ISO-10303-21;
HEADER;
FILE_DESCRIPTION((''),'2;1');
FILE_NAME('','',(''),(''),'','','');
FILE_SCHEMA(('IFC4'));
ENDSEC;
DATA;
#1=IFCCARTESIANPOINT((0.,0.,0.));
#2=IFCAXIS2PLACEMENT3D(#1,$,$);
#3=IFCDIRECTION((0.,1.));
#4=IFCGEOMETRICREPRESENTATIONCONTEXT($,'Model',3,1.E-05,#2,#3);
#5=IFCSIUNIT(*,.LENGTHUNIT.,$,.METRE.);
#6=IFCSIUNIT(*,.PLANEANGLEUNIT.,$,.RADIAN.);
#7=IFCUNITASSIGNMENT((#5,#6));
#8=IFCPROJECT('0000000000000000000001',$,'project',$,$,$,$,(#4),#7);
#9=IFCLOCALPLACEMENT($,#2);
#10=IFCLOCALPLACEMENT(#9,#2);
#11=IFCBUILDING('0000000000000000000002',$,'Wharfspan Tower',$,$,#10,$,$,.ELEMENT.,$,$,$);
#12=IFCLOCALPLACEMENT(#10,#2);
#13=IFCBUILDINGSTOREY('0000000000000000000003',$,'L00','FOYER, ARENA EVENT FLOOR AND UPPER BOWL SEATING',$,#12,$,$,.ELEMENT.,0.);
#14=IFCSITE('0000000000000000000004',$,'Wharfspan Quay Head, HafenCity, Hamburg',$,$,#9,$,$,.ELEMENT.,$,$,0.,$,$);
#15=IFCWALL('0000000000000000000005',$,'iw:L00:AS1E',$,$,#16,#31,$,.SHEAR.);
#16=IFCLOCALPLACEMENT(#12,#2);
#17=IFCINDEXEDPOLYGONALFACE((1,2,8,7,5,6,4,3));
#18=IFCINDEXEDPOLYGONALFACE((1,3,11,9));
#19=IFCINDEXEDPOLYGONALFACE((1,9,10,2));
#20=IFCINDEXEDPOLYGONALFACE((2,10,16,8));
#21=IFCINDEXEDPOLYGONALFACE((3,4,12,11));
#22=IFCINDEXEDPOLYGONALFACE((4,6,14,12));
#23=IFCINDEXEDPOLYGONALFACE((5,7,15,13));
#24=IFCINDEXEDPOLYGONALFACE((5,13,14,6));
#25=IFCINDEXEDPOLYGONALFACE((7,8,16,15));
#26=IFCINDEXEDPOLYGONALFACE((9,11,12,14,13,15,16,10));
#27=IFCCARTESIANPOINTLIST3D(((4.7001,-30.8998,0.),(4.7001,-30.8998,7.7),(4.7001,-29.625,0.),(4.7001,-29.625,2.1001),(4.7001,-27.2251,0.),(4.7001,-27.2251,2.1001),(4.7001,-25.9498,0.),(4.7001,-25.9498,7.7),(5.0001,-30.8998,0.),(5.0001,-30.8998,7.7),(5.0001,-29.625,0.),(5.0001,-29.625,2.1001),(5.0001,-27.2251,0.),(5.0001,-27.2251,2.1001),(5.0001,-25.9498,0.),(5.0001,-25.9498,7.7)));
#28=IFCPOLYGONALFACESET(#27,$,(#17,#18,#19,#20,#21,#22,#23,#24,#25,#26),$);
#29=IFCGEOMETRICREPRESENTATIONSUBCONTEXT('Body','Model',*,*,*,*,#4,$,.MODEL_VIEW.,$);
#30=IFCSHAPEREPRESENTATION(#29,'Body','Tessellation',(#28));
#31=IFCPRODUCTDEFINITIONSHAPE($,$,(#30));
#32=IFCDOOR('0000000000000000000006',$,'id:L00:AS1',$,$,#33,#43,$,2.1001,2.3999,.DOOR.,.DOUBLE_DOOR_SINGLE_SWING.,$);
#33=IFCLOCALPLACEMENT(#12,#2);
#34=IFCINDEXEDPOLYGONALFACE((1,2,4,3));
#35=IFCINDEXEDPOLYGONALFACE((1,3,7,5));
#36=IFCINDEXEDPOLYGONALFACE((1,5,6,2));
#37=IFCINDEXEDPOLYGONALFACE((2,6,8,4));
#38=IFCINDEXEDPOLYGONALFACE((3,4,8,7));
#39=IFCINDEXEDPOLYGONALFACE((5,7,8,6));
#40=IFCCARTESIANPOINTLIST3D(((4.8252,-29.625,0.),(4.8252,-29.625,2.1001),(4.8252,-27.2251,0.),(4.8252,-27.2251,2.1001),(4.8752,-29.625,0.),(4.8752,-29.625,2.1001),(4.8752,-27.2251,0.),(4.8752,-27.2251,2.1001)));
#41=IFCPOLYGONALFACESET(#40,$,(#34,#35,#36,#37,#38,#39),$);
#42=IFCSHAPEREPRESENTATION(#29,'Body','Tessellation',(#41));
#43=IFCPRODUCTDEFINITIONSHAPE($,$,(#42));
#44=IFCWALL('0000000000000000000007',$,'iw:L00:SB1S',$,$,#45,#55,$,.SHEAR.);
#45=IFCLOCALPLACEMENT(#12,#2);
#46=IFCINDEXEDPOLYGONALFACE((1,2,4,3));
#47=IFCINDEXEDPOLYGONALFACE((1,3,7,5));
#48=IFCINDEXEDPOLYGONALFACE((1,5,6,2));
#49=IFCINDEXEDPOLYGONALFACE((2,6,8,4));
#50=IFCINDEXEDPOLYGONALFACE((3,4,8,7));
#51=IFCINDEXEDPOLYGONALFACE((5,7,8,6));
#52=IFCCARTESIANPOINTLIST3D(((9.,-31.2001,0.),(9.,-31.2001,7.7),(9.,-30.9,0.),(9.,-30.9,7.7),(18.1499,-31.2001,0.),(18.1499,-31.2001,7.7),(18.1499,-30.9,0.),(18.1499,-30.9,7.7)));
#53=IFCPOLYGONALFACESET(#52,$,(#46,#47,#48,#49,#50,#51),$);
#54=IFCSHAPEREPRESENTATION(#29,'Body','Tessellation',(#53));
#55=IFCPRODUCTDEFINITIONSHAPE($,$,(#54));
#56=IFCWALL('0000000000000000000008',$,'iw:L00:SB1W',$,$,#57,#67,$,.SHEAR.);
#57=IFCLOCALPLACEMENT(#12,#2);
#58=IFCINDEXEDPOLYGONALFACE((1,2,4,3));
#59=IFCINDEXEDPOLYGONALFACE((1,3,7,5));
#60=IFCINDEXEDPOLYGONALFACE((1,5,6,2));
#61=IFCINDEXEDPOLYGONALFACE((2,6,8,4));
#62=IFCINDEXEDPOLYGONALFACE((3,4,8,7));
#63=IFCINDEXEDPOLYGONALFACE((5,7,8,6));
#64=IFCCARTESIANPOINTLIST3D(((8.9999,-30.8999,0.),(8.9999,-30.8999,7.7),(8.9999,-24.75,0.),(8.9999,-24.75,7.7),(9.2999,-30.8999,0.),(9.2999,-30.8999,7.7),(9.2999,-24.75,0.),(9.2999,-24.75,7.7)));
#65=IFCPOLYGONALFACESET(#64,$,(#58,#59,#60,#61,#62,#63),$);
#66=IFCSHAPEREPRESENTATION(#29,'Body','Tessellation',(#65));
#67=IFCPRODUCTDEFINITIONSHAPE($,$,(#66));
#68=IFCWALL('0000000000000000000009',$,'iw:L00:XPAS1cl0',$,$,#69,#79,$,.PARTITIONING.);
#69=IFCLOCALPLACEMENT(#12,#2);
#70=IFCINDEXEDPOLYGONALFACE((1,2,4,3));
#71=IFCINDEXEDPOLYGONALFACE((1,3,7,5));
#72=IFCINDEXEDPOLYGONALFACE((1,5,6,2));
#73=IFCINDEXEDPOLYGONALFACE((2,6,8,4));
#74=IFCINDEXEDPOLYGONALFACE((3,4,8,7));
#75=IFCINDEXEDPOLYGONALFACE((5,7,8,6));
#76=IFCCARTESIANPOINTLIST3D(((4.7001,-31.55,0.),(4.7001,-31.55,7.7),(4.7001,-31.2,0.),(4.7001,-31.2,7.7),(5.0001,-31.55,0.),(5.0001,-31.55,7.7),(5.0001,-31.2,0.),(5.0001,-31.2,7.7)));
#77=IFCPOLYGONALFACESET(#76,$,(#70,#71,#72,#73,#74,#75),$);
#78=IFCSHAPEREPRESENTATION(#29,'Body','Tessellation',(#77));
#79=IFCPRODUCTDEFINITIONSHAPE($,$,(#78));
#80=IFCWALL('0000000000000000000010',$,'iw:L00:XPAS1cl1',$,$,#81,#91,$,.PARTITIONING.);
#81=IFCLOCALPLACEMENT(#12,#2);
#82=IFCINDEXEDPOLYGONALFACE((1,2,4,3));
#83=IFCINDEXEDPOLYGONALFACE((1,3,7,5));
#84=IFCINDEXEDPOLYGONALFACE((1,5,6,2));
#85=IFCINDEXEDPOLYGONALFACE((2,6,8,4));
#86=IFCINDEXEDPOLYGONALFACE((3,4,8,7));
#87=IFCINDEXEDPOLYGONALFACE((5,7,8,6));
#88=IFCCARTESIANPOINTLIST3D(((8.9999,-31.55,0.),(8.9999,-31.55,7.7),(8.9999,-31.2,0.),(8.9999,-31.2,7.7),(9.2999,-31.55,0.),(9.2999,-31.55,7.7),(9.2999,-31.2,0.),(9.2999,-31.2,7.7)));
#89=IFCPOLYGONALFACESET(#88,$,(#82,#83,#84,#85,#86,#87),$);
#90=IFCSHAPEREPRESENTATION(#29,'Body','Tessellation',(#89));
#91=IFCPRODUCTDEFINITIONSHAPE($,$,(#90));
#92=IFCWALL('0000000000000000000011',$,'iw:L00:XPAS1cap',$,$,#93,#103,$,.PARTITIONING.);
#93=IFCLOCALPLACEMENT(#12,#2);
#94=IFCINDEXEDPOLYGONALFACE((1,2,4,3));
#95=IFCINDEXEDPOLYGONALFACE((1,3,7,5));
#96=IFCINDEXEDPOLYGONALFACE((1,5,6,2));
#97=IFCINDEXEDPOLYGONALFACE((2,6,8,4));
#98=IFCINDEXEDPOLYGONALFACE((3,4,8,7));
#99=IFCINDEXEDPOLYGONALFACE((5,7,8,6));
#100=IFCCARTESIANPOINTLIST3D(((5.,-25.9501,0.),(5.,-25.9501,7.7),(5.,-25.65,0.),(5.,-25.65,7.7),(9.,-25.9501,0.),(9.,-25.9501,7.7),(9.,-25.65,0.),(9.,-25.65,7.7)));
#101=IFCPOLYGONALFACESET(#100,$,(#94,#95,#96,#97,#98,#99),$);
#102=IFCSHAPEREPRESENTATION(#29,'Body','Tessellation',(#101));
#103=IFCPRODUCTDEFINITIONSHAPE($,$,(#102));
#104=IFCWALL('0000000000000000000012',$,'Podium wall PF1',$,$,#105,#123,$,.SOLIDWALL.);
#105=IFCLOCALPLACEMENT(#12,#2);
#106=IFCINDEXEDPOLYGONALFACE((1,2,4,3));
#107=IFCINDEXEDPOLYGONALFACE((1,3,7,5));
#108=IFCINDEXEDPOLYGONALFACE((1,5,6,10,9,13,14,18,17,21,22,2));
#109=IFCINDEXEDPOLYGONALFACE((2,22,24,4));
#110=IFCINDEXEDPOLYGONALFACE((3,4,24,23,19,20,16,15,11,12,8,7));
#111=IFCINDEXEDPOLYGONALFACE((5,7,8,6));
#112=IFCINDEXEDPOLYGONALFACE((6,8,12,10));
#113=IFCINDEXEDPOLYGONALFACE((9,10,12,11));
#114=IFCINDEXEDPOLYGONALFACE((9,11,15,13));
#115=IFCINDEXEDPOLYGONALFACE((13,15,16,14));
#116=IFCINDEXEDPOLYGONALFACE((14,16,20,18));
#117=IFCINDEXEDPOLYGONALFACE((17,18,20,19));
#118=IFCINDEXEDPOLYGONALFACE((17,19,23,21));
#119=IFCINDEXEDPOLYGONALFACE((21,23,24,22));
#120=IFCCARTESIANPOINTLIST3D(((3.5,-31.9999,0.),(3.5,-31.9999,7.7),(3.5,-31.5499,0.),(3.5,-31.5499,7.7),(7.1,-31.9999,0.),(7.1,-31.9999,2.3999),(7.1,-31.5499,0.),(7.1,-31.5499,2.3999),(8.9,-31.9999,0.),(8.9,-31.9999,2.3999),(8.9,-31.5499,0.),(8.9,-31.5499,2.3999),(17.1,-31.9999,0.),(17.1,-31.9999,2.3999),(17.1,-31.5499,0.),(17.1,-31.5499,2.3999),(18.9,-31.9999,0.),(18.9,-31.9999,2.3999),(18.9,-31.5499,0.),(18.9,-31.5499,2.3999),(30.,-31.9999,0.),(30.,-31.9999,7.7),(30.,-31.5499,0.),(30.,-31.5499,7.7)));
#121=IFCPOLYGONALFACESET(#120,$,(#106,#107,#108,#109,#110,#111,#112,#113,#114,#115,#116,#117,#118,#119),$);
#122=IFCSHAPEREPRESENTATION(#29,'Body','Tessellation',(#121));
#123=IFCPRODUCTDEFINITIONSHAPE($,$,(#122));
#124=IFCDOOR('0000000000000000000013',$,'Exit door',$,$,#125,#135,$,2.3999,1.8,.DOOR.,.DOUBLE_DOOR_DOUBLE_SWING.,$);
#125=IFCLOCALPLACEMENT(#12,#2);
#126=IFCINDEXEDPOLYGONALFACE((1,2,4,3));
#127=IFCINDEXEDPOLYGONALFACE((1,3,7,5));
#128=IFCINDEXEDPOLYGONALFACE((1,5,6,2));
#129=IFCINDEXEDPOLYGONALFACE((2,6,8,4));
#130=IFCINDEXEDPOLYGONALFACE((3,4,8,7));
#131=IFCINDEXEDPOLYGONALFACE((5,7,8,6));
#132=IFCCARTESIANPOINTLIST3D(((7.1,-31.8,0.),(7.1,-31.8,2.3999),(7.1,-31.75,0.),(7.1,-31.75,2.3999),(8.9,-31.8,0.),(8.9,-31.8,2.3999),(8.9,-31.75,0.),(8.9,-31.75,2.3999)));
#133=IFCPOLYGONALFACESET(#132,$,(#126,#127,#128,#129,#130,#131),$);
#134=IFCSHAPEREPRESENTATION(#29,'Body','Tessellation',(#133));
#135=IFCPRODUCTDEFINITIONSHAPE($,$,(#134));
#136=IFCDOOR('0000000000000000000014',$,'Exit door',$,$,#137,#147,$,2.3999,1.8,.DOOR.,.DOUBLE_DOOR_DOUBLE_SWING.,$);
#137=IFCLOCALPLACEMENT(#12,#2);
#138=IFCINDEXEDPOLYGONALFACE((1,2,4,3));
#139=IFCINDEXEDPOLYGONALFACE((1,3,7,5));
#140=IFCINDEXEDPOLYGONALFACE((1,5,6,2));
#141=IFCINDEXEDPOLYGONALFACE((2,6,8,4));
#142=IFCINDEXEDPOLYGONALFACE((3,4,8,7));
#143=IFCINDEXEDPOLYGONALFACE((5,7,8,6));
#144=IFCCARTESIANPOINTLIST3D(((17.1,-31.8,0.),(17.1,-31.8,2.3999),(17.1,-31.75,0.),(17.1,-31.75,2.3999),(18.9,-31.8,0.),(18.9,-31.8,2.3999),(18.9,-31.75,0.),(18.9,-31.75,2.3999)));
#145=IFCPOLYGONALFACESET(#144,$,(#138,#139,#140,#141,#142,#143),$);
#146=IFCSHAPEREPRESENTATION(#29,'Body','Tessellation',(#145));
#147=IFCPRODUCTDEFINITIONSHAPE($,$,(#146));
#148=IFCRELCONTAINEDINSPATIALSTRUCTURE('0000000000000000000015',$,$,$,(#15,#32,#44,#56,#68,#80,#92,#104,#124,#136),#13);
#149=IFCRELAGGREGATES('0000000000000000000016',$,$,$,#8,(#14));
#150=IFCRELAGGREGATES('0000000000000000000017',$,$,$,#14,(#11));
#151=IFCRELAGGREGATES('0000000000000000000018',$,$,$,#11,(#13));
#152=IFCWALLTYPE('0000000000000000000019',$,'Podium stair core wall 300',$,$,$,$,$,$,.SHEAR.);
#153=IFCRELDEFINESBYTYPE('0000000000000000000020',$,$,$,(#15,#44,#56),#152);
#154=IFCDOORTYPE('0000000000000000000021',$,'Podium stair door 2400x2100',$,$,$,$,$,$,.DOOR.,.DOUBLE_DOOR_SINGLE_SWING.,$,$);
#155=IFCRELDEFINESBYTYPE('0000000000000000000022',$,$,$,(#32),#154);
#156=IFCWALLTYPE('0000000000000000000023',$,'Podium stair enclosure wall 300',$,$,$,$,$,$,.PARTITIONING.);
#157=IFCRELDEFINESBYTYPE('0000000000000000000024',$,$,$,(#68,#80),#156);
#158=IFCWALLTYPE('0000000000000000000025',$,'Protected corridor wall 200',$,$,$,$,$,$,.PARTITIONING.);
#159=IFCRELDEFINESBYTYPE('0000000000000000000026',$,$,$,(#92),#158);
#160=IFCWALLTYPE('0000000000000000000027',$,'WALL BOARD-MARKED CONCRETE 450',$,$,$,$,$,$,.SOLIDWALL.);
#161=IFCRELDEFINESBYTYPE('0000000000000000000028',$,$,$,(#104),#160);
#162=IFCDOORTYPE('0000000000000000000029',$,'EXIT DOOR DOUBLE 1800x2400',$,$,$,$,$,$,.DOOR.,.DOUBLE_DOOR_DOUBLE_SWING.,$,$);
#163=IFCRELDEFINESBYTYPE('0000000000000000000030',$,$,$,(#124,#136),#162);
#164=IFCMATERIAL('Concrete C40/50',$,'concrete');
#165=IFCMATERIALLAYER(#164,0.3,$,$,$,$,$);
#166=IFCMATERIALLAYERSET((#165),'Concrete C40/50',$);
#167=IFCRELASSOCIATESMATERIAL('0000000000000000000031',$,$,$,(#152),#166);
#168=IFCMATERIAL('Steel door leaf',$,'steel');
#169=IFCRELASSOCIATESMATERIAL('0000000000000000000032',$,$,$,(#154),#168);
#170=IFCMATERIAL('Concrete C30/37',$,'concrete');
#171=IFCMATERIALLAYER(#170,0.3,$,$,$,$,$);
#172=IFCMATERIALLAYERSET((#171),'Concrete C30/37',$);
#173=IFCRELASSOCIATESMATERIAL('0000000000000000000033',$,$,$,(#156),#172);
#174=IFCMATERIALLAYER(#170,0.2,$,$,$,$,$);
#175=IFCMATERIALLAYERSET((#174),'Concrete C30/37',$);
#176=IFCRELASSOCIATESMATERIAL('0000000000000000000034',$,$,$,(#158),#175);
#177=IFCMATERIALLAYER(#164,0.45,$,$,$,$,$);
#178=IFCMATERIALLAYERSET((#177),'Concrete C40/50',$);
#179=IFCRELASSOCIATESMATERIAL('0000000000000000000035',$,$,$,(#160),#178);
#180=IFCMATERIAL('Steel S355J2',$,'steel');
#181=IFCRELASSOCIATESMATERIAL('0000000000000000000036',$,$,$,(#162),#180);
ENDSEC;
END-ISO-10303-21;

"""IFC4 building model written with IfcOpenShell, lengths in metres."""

from ifc_helpers import new_model, si_unit, direction, frame, frame_2d, origin, place, context, subcontext, project, spatial, rectangle, extrude, material, layer, layer_set, type_object, element, fill, save


model = new_model("IFC4")

# Units and contexts
model_context = context("Model", 3, precision=1e-05, world=origin(), true_north=direction((0.0, 1.0)))
body_context = subcontext(model_context, "Body", "Model", "MODEL_VIEW")
ifc_project = project(units=[si_unit("LENGTHUNIT", "METRE"), si_unit("PLANEANGLEUNIT", "RADIAN")], contexts=[model_context])

# Site, building, storey
site_placement = place(None, origin())
site = spatial("IfcSite", under=ifc_project, at=site_placement, Name="Wharfspan Quay Head, HafenCity, Hamburg", CompositionType="ELEMENT", RefElevation=0.0)
building_placement = place(site_placement, origin())
building = spatial("IfcBuilding", under=site, at=building_placement, Name="Wharfspan Tower", CompositionType="ELEMENT")
storey_placement = place(building_placement, origin())
storey = spatial("IfcBuildingStorey", under=building, at=storey_placement, Name="L00", Description="FOYER, ARENA EVENT FLOOR AND UPPER BOWL SEATING", CompositionType="ELEMENT", Elevation=0.0)

# Shared definitions
ifc_material_1 = material(Name="Steel S355J2", Category="steel")

# Wall, opening, door
ifc_material_2 = material(Name="Concrete C40/50", Category="concrete")
ifc_layer_1 = layer(ifc_material_2, 0.3)
ifc_layer_set_1 = layer_set([ifc_layer_1], Name="Concrete C40/50")
wall_type_1 = type_object("IfcWallType", Name="Podium stair core wall 300", PredefinedType="SHEAR", material=ifc_layer_set_1)
wall_1_placement = place(storey_placement, frame((4.8501, -30.8999, 0.0), z_axis=(0.0, 0.0, 1.0), x_axis=(0.0, 1.0, 0.0)))
wall_1 = element("IfcWall", 1, at=wall_1_placement, inside=storey, type_object=wall_type_1, Name="iw:L00:AS1E", PredefinedType="SHEAR", context=body_context, shape_type="SweptSolid", body=[
    extrude(rectangle(XDim=4.95, YDim=0.3, at=frame_2d((2.4751, 0.0))), origin(), (0.0, 0.0, 1.0), 7.7),
])
opening_1_placement = place(wall_1_placement, frame((1.2749, 0.0, 0.0)))
opening_1 = element("IfcOpeningElement", 2, at=opening_1_placement, cuts=wall_1, PredefinedType="OPENING", context=body_context, shape_type="SweptSolid", body=[
    extrude(rectangle(XDim=2.3999, YDim=2.1001, at=frame_2d((1.2, 1.05))), frame((0.0, 0.1599, 0.0), z_axis=(0.0, -1.0, 0.0), x_axis=(1.0, 0.0, 0.0)), (0.0, 0.0, 1.0), 0.3201),
])
ifc_material_3 = material(Name="Steel door leaf", Category="steel")
door_type_1 = type_object("IfcDoorType", Name="Podium stair door 2400x2100", OperationType="DOUBLE_DOOR_SINGLE_SWING", PredefinedType="DOOR", material=ifc_material_3)
door_1_placement = place(opening_1_placement, origin())
door_1 = element("IfcDoor", 3, at=door_1_placement, inside=storey, type_object=door_type_1, Name="id:L00:AS1", OperationType="DOUBLE_DOOR_SINGLE_SWING", OverallHeight=2.1001, OverallWidth=2.3999, PredefinedType="DOOR", context=body_context, shape_type="SweptSolid", body=[
    extrude(rectangle(XDim=2.3999, YDim=2.1001, at=frame_2d((1.2, 1.05))), frame((0.0, 0.0249, 0.0), z_axis=(0.0, -1.0, 0.0), x_axis=(1.0, 0.0, 0.0)), (0.0, 0.0, 1.0), 0.05),
])
fill(opening_1, door_1)

# Walls
wall_2_placement = place(storey_placement, frame((9.0, -31.05, 0.0), z_axis=(0.0, 0.0, 1.0), x_axis=(1.0, 0.0, 0.0)))
element("IfcWall", 4, at=wall_2_placement, inside=storey, type_object=wall_type_1, Name="iw:L00:SB1S", PredefinedType="SHEAR", context=body_context, shape_type="SweptSolid", body=[
    extrude(rectangle(XDim=9.1499, YDim=0.3, at=frame_2d((4.575, 0.0))), origin(), (0.0, 0.0, 1.0), 7.7),
])
wall_3_placement = place(storey_placement, frame((9.1499, -30.8999, 0.0), z_axis=(0.0, 0.0, 1.0), x_axis=(0.0, 1.0, 0.0)))
element("IfcWall", 5, at=wall_3_placement, inside=storey, type_object=wall_type_1, Name="iw:L00:SB1W", PredefinedType="SHEAR", context=body_context, shape_type="SweptSolid", body=[
    extrude(rectangle(XDim=6.1499, YDim=0.3, at=frame_2d((3.075, 0.0))), origin(), (0.0, 0.0, 1.0), 7.7),
])
ifc_material_4 = material(Name="Concrete C30/37", Category="concrete")
ifc_layer_2 = layer(ifc_material_4, 0.3)
ifc_layer_set_2 = layer_set([ifc_layer_2], Name="Concrete C30/37")
wall_type_2 = type_object("IfcWallType", Name="Podium stair enclosure wall 300", PredefinedType="PARTITIONING", material=ifc_layer_set_2)
for number, where, z_axis, x_axis, name in (
    (6, (4.8501, -31.55, 0.0), (0.0, 0.0, 1.0), (0.0, 1.0, 0.0), "iw:L00:XPAS1cl0"),
    (7, (9.1499, -31.55, 0.0), (0.0, 0.0, 1.0), (0.0, 1.0, 0.0), "iw:L00:XPAS1cl1"),
):
    element("IfcWall", number, at=place(storey_placement, frame(where, z_axis=z_axis, x_axis=x_axis)), inside=storey, type_object=wall_type_2, Name=name, PredefinedType="PARTITIONING", context=body_context, shape_type="SweptSolid", body=[
        extrude(rectangle(XDim=0.3501, YDim=0.3, at=frame_2d((0.175, 0.0))), origin(), (0.0, 0.0, 1.0), 7.7),
    ])
ifc_layer_3 = layer(ifc_material_4, 0.2)
ifc_layer_set_3 = layer_set([ifc_layer_3], Name="Concrete C30/37")
wall_type_3 = type_object("IfcWallType", Name="Protected corridor wall 200", PredefinedType="PARTITIONING", material=ifc_layer_set_3)
wall_4_placement = place(storey_placement, frame((5.0, -25.8, 0.0), z_axis=(0.0, 0.0, 1.0), x_axis=(1.0, 0.0, 0.0)))
element("IfcWall", 8, at=wall_4_placement, inside=storey, type_object=wall_type_3, Name="iw:L00:XPAS1cap", PredefinedType="PARTITIONING", context=body_context, shape_type="SweptSolid", body=[
    extrude(rectangle(XDim=4.0, YDim=0.3, at=frame_2d((2.0, 0.0))), origin(), (0.0, 0.0, 1.0), 7.7),
])

# Wall, openings, doors
ifc_layer_4 = layer(ifc_material_2, 0.45)
ifc_layer_set_4 = layer_set([ifc_layer_4], Name="Concrete C40/50")
wall_type_4 = type_object("IfcWallType", Name="WALL BOARD-MARKED CONCRETE 450", PredefinedType="SOLIDWALL", material=ifc_layer_set_4)
wall_5_placement = place(storey_placement, frame((3.5, -31.7749, 0.0), z_axis=(0.0, 0.0, 1.0), x_axis=(1.0, 0.0, 0.0)))
wall_5 = element("IfcWall", 9, at=wall_5_placement, inside=storey, type_object=wall_type_4, Name="Podium wall PF1", PredefinedType="SOLIDWALL", context=body_context, shape_type="SweptSolid", body=[
    extrude(rectangle(XDim=26.5, YDim=0.45, at=frame_2d((13.25, 0.0))), origin(), (0.0, 0.0, 1.0), 7.7),
])
opening_2_placement = place(wall_5_placement, frame((3.6001, 0.0, 0.0)))
opening_2 = element("IfcOpeningElement", 10, at=opening_2_placement, cuts=wall_5, PredefinedType="OPENING", context=body_context, shape_type="SweptSolid", body=[
    extrude(rectangle(XDim=1.8, YDim=2.3999, at=frame_2d((0.8999, 1.2))), frame((0.0, 0.2349, 0.0), z_axis=(0.0, -1.0, 0.0), x_axis=(1.0, 0.0, 0.0)), (0.0, 0.0, 1.0), 0.47),
])
opening_3_placement = place(wall_5_placement, frame((13.6001, 0.0, 0.0)))
opening_3 = element("IfcOpeningElement", 11, at=opening_3_placement, cuts=wall_5, PredefinedType="OPENING", context=body_context, shape_type="SweptSolid", body=[
    extrude(rectangle(XDim=1.8, YDim=2.3999, at=frame_2d((0.8999, 1.2))), frame((0.0, 0.2349, 0.0), z_axis=(0.0, -1.0, 0.0), x_axis=(1.0, 0.0, 0.0)), (0.0, 0.0, 1.0), 0.47),
])
door_type_2 = type_object("IfcDoorType", Name="EXIT DOOR DOUBLE 1800x2400", OperationType="DOUBLE_DOOR_DOUBLE_SWING", PredefinedType="DOOR", material=ifc_material_1)
door_2_placement = place(opening_2_placement, origin())
door_2 = element("IfcDoor", 12, at=door_2_placement, inside=storey, type_object=door_type_2, Name="Exit door", OperationType="DOUBLE_DOOR_DOUBLE_SWING", OverallHeight=2.3999, OverallWidth=1.8, PredefinedType="DOOR", context=body_context, shape_type="SweptSolid", body=[
    extrude(rectangle(XDim=1.8, YDim=2.3999, at=frame_2d((0.8999, 1.2))), frame((0.0, 0.0249, 0.0), z_axis=(0.0, -1.0, 0.0), x_axis=(1.0, 0.0, 0.0)), (0.0, 0.0, 1.0), 0.05),
])
fill(opening_2, door_2)
door_3_placement = place(opening_3_placement, origin())
door_3 = element("IfcDoor", 13, at=door_3_placement, inside=storey, type_object=door_type_2, Name="Exit door", OperationType="DOUBLE_DOOR_DOUBLE_SWING", OverallHeight=2.3999, OverallWidth=1.8, PredefinedType="DOOR", context=body_context, shape_type="SweptSolid", body=[
    extrude(rectangle(XDim=1.8, YDim=2.3999, at=frame_2d((0.8999, 1.2))), frame((0.0, 0.0249, 0.0), z_axis=(0.0, -1.0, 0.0), x_axis=(1.0, 0.0, 0.0)), (0.0, 0.0, 1.0), 0.05),
])
fill(opening_3, door_3)

save(model, "model.ifc")
